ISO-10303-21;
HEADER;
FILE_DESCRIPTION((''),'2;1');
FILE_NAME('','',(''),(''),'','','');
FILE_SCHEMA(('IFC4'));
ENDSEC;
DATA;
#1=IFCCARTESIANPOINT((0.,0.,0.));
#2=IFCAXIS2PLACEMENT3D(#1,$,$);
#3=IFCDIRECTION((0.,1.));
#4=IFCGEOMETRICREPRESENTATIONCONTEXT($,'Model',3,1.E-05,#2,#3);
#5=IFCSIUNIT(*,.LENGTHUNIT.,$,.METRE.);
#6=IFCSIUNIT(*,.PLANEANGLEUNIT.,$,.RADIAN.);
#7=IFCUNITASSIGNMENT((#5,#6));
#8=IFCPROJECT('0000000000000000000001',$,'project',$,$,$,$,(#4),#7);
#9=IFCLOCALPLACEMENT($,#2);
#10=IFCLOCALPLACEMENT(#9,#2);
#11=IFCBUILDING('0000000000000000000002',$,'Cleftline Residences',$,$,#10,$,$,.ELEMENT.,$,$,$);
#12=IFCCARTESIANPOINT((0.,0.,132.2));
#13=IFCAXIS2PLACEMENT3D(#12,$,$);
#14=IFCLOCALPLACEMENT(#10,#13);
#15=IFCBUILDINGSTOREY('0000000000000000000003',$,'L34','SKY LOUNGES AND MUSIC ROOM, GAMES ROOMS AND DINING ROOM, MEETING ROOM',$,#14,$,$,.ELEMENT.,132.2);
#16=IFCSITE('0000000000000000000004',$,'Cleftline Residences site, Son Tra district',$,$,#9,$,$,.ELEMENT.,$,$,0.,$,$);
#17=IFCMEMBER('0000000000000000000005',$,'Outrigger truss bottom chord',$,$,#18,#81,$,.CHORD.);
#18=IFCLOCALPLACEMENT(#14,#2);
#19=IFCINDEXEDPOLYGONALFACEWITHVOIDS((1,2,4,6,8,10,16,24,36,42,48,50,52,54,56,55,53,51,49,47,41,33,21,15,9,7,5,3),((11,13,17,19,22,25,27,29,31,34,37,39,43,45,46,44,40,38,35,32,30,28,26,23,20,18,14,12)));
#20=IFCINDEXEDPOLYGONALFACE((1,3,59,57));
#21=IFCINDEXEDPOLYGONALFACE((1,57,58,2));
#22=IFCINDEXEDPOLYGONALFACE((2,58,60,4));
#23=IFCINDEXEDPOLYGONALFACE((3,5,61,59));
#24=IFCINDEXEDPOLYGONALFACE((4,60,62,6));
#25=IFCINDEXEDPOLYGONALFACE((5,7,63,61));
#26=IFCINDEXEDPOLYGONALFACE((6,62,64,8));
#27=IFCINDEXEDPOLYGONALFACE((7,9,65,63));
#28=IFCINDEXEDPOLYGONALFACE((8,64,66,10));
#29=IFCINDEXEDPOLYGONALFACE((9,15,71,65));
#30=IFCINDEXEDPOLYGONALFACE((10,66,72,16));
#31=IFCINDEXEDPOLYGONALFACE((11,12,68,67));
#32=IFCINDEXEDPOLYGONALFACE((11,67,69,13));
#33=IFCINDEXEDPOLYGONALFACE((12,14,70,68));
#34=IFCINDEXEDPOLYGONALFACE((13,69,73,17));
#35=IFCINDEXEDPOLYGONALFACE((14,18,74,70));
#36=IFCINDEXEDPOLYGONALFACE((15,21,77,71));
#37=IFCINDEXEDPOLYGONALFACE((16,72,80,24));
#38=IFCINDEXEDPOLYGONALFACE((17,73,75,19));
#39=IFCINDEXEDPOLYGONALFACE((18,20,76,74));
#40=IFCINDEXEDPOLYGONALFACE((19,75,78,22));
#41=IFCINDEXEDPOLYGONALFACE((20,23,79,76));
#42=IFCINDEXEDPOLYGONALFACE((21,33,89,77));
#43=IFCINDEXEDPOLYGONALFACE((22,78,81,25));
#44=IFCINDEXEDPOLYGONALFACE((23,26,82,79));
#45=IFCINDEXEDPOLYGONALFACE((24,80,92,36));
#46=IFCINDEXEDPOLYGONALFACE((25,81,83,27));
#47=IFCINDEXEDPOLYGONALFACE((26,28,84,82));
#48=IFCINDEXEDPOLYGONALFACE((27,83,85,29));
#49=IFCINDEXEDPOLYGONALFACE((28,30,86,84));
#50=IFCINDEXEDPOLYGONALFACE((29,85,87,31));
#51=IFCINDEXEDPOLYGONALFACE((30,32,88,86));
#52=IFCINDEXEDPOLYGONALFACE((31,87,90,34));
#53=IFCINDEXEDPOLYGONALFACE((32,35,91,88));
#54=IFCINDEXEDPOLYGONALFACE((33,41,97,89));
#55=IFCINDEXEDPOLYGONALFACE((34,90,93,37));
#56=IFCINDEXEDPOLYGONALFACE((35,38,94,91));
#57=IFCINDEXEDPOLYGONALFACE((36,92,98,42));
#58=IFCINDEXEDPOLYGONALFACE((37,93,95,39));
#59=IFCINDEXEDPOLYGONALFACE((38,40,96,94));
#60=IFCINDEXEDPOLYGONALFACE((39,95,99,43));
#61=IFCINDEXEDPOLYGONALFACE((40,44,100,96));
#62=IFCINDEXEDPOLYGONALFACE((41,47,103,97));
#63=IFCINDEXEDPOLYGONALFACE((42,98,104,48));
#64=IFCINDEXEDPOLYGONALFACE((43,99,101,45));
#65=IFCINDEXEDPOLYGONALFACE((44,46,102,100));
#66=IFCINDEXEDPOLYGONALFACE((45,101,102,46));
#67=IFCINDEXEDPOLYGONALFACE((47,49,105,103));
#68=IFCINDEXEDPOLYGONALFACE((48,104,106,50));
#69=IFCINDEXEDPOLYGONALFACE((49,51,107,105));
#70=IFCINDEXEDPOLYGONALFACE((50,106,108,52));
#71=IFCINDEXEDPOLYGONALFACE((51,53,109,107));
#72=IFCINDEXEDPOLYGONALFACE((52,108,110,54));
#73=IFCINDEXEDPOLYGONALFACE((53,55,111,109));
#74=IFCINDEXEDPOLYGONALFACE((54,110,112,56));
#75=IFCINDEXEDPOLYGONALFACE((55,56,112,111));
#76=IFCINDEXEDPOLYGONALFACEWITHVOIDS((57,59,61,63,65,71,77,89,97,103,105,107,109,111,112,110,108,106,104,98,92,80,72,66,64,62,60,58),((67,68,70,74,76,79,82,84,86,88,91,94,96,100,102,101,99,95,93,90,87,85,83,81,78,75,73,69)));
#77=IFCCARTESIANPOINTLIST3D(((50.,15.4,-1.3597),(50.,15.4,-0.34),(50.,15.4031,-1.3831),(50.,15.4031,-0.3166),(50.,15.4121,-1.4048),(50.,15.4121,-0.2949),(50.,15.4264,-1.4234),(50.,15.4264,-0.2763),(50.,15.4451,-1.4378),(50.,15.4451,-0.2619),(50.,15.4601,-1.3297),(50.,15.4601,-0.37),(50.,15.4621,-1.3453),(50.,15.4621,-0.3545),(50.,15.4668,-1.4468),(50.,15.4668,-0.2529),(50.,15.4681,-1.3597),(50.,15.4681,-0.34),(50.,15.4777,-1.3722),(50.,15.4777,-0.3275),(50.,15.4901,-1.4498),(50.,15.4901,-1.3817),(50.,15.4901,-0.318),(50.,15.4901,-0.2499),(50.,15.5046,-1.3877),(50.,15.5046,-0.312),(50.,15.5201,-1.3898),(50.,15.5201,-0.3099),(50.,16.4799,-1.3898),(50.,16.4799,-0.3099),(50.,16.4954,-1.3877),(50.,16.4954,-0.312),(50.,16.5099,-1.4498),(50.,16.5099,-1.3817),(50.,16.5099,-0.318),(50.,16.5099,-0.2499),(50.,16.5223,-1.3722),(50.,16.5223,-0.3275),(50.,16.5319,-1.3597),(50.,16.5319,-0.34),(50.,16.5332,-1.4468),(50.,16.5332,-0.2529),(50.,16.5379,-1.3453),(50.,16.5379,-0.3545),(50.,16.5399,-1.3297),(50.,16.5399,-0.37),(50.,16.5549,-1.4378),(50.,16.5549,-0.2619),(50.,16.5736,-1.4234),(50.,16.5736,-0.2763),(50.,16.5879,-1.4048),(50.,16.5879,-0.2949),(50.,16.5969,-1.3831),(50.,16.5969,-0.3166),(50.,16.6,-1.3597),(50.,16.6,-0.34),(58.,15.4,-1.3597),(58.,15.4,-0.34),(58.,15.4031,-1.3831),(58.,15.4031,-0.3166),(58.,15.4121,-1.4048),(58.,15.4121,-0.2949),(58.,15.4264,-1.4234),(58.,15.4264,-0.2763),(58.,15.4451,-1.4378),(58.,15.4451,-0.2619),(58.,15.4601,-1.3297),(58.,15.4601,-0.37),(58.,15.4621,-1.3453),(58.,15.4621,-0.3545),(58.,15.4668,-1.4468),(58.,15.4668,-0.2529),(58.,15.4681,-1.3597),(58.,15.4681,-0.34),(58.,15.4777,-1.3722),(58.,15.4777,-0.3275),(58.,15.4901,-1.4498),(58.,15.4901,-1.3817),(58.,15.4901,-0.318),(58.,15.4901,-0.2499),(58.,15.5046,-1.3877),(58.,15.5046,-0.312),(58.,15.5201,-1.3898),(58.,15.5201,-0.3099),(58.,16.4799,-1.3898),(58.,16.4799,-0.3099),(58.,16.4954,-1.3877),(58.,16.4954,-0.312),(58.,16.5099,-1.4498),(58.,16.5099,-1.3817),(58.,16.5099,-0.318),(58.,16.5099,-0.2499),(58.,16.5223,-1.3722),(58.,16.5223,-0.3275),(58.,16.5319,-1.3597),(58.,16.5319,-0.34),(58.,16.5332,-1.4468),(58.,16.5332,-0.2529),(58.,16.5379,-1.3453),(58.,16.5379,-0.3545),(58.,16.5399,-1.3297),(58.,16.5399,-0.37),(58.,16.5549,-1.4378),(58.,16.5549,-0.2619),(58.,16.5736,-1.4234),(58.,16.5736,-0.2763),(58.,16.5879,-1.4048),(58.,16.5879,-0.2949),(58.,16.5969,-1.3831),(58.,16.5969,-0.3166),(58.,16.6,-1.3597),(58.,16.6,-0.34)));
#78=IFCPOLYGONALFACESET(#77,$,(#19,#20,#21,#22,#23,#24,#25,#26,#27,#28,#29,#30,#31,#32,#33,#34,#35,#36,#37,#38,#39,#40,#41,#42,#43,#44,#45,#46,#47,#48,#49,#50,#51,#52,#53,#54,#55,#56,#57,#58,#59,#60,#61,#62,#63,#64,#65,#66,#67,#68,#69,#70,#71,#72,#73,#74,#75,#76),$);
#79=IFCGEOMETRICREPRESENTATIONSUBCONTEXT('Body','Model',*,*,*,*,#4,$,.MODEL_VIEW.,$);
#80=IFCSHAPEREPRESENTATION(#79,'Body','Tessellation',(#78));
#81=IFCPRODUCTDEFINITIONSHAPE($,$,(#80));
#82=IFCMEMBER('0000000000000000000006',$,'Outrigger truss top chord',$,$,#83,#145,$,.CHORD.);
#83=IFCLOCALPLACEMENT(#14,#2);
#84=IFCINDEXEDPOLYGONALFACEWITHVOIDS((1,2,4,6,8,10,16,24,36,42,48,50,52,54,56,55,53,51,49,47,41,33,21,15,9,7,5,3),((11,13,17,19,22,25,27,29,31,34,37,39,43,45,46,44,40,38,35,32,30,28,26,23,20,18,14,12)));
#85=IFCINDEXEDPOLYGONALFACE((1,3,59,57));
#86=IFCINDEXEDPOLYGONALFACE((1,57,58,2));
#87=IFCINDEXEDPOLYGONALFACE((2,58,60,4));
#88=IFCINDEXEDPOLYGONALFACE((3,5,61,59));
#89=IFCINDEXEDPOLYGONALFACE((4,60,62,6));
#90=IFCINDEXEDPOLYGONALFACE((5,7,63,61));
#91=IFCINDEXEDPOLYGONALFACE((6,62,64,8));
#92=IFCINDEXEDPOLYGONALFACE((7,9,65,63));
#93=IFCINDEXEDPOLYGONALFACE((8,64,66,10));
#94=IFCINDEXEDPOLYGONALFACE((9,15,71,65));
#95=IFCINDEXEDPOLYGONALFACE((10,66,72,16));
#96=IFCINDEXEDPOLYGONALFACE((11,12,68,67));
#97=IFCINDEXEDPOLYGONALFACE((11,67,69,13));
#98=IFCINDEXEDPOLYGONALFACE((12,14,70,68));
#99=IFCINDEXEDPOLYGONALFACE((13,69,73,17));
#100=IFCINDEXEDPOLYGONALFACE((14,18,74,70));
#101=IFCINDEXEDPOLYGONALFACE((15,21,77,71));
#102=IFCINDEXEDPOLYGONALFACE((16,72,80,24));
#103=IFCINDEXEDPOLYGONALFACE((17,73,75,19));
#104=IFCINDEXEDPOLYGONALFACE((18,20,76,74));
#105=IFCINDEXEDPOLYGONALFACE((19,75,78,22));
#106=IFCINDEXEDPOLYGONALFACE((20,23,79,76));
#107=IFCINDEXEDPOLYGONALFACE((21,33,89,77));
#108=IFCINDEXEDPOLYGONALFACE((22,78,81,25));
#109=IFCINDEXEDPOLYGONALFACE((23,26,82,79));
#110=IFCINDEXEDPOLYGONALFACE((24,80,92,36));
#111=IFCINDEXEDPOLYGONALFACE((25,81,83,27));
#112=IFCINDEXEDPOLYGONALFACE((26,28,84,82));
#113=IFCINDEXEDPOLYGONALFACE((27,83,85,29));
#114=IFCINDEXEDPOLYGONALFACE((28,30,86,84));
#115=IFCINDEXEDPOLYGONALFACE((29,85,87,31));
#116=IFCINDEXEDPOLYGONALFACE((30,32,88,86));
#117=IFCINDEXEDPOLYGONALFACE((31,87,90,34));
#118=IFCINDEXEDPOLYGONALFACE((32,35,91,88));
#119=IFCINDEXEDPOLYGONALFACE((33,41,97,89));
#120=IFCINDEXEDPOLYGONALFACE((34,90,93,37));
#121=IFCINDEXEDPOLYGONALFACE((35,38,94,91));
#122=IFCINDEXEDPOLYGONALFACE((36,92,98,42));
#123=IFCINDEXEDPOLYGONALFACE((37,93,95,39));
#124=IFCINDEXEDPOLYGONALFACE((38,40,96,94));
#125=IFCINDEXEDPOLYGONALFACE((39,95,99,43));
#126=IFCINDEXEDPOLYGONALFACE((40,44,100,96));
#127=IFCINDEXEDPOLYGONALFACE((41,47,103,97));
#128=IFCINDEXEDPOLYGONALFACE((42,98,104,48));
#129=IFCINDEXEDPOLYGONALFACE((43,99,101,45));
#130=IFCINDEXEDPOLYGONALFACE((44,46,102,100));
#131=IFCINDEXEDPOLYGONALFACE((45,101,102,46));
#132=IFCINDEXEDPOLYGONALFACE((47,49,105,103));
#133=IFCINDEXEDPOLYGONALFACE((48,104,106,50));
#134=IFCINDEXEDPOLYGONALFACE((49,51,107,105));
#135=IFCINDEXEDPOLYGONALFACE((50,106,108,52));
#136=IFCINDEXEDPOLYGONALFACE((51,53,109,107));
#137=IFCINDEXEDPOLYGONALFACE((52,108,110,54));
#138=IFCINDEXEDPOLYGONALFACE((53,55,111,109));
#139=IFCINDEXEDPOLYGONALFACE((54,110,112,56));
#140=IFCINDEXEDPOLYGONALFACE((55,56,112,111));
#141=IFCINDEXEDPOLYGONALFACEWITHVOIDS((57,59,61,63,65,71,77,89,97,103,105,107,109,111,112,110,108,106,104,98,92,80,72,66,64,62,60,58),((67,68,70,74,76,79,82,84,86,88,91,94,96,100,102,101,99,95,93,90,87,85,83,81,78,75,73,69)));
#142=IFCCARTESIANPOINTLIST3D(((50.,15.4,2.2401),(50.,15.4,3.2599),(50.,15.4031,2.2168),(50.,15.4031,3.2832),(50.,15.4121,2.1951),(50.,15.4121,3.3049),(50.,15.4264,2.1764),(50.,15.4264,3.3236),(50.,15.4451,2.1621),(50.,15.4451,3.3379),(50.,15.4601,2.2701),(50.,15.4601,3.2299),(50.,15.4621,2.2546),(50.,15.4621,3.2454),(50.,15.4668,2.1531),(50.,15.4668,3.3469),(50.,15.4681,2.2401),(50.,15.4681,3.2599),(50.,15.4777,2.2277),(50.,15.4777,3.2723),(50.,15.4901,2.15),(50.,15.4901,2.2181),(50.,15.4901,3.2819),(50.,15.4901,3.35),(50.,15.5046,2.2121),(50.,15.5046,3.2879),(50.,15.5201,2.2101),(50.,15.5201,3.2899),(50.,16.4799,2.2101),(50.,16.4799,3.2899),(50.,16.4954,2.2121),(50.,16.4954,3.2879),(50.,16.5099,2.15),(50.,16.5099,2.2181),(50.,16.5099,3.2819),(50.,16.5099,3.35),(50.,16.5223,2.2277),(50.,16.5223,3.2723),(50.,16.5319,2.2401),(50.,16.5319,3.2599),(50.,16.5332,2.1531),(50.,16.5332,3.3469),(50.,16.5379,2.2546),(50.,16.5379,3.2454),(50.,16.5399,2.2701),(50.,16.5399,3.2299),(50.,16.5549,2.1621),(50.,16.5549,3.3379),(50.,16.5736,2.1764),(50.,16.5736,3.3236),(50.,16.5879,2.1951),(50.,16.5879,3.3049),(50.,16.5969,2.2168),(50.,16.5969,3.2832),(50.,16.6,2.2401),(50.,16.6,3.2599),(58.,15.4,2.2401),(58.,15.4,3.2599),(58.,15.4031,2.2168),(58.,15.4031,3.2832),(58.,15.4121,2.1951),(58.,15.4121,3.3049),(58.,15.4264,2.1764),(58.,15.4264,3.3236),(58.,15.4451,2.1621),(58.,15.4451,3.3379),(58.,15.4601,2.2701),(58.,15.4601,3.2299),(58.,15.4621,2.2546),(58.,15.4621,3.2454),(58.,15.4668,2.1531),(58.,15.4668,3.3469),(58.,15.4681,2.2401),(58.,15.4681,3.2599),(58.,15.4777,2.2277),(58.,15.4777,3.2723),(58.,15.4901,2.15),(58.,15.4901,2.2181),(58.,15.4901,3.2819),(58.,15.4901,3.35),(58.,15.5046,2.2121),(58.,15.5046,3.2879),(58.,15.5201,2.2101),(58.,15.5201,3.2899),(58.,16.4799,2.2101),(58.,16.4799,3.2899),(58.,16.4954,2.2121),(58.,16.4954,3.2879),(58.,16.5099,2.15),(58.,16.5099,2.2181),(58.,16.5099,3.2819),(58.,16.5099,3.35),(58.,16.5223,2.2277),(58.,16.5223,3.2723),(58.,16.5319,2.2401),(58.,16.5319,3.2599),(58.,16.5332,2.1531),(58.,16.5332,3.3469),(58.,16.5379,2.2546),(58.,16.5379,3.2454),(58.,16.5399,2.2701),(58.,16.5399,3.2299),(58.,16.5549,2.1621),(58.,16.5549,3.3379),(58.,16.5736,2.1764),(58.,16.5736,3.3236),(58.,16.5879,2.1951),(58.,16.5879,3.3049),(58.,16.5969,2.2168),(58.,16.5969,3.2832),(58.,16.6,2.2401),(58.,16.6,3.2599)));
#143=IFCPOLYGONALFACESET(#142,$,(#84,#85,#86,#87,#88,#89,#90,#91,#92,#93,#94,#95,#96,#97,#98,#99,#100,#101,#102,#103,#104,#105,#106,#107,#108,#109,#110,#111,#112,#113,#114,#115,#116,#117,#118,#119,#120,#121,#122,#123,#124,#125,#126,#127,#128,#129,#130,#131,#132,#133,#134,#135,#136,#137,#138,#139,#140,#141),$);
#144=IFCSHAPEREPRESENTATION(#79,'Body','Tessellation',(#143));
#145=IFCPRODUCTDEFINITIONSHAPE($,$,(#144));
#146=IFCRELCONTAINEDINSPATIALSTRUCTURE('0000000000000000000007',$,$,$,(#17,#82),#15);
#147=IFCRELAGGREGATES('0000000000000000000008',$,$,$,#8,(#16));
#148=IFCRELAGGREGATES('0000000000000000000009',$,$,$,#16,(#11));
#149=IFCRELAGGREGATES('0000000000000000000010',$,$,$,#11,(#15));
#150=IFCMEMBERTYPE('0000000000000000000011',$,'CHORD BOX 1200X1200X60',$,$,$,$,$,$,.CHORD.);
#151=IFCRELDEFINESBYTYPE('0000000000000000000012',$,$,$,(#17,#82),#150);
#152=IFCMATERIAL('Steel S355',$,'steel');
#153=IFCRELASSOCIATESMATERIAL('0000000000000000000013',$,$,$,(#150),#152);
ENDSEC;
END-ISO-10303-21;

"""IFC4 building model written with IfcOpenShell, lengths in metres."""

from ifc_helpers import new_model, si_unit, direction, frame, origin, origin_2d, place, context, subcontext, project, spatial, hollow_rectangle, extrude, material, material_profile, profile_set, type_object, element, save


model = new_model("IFC4")

# Units and contexts
model_context = context("Model", 3, precision=1e-05, world=origin(), true_north=direction((0.0, 1.0)))
body_context = subcontext(model_context, "Body", "Model", "MODEL_VIEW")
ifc_project = project(units=[si_unit("LENGTHUNIT", "METRE"), si_unit("PLANEANGLEUNIT", "RADIAN")], contexts=[model_context])

# Site, building, storey
site_placement = place(None, origin())
site = spatial("IfcSite", under=ifc_project, at=site_placement, Name="Cleftline Residences site, Son Tra district", CompositionType="ELEMENT", RefElevation=0.0)
building_placement = place(site_placement, origin())
building = spatial("IfcBuilding", under=site, at=building_placement, Name="Cleftline Residences", CompositionType="ELEMENT")
storey_placement = place(building_placement, frame((0.0, 0.0, 132.2)))
storey = spatial("IfcBuildingStorey", under=building, at=storey_placement, Name="L34", Description="SKY LOUNGES AND MUSIC ROOM, GAMES ROOMS AND DINING ROOM, MEETING ROOM", CompositionType="ELEMENT", Elevation=132.2)

# Members
ifc_material_1 = material(Name="Steel S355", Category="steel")
ifc_material_profile_1 = material_profile(ifc_material_1, hollow_rectangle(XDim=1.2, YDim=1.2, WallThickness=0.0601, InnerFilletRadius=0.0601, OuterFilletRadius=0.0901, at=origin_2d()))
ifc_profile_set_1 = profile_set([ifc_material_profile_1], Name="Steel S355")
member_type_1 = type_object("IfcMemberType", Name="CHORD BOX 1200X1200X60", PredefinedType="CHORD", material=ifc_profile_set_1)
for number, where, z_axis, x_axis, name in (
    (1, (50.0, 16.0, -0.8499), (1.0, 0.0, 0.0), (0.0, 1.0, 0.0), "Outrigger truss bottom chord"),
    (2, (50.0, 16.0, 2.75), (1.0, 0.0, 0.0), (0.0, 1.0, 0.0), "Outrigger truss top chord"),
):
    element("IfcMember", number, at=place(storey_placement, frame(where, z_axis=z_axis, x_axis=x_axis)), inside=storey, type_object=member_type_1, Name=name, PredefinedType="CHORD", context=body_context, shape_type="SweptSolid", body=[
        extrude(hollow_rectangle(XDim=1.2, YDim=1.2, WallThickness=0.0601, InnerFilletRadius=0.0601, OuterFilletRadius=0.0901, at=origin_2d()), origin(), (0.0, 0.0, 1.0), 8.0),
    ])

save(model, "model.ifc")
